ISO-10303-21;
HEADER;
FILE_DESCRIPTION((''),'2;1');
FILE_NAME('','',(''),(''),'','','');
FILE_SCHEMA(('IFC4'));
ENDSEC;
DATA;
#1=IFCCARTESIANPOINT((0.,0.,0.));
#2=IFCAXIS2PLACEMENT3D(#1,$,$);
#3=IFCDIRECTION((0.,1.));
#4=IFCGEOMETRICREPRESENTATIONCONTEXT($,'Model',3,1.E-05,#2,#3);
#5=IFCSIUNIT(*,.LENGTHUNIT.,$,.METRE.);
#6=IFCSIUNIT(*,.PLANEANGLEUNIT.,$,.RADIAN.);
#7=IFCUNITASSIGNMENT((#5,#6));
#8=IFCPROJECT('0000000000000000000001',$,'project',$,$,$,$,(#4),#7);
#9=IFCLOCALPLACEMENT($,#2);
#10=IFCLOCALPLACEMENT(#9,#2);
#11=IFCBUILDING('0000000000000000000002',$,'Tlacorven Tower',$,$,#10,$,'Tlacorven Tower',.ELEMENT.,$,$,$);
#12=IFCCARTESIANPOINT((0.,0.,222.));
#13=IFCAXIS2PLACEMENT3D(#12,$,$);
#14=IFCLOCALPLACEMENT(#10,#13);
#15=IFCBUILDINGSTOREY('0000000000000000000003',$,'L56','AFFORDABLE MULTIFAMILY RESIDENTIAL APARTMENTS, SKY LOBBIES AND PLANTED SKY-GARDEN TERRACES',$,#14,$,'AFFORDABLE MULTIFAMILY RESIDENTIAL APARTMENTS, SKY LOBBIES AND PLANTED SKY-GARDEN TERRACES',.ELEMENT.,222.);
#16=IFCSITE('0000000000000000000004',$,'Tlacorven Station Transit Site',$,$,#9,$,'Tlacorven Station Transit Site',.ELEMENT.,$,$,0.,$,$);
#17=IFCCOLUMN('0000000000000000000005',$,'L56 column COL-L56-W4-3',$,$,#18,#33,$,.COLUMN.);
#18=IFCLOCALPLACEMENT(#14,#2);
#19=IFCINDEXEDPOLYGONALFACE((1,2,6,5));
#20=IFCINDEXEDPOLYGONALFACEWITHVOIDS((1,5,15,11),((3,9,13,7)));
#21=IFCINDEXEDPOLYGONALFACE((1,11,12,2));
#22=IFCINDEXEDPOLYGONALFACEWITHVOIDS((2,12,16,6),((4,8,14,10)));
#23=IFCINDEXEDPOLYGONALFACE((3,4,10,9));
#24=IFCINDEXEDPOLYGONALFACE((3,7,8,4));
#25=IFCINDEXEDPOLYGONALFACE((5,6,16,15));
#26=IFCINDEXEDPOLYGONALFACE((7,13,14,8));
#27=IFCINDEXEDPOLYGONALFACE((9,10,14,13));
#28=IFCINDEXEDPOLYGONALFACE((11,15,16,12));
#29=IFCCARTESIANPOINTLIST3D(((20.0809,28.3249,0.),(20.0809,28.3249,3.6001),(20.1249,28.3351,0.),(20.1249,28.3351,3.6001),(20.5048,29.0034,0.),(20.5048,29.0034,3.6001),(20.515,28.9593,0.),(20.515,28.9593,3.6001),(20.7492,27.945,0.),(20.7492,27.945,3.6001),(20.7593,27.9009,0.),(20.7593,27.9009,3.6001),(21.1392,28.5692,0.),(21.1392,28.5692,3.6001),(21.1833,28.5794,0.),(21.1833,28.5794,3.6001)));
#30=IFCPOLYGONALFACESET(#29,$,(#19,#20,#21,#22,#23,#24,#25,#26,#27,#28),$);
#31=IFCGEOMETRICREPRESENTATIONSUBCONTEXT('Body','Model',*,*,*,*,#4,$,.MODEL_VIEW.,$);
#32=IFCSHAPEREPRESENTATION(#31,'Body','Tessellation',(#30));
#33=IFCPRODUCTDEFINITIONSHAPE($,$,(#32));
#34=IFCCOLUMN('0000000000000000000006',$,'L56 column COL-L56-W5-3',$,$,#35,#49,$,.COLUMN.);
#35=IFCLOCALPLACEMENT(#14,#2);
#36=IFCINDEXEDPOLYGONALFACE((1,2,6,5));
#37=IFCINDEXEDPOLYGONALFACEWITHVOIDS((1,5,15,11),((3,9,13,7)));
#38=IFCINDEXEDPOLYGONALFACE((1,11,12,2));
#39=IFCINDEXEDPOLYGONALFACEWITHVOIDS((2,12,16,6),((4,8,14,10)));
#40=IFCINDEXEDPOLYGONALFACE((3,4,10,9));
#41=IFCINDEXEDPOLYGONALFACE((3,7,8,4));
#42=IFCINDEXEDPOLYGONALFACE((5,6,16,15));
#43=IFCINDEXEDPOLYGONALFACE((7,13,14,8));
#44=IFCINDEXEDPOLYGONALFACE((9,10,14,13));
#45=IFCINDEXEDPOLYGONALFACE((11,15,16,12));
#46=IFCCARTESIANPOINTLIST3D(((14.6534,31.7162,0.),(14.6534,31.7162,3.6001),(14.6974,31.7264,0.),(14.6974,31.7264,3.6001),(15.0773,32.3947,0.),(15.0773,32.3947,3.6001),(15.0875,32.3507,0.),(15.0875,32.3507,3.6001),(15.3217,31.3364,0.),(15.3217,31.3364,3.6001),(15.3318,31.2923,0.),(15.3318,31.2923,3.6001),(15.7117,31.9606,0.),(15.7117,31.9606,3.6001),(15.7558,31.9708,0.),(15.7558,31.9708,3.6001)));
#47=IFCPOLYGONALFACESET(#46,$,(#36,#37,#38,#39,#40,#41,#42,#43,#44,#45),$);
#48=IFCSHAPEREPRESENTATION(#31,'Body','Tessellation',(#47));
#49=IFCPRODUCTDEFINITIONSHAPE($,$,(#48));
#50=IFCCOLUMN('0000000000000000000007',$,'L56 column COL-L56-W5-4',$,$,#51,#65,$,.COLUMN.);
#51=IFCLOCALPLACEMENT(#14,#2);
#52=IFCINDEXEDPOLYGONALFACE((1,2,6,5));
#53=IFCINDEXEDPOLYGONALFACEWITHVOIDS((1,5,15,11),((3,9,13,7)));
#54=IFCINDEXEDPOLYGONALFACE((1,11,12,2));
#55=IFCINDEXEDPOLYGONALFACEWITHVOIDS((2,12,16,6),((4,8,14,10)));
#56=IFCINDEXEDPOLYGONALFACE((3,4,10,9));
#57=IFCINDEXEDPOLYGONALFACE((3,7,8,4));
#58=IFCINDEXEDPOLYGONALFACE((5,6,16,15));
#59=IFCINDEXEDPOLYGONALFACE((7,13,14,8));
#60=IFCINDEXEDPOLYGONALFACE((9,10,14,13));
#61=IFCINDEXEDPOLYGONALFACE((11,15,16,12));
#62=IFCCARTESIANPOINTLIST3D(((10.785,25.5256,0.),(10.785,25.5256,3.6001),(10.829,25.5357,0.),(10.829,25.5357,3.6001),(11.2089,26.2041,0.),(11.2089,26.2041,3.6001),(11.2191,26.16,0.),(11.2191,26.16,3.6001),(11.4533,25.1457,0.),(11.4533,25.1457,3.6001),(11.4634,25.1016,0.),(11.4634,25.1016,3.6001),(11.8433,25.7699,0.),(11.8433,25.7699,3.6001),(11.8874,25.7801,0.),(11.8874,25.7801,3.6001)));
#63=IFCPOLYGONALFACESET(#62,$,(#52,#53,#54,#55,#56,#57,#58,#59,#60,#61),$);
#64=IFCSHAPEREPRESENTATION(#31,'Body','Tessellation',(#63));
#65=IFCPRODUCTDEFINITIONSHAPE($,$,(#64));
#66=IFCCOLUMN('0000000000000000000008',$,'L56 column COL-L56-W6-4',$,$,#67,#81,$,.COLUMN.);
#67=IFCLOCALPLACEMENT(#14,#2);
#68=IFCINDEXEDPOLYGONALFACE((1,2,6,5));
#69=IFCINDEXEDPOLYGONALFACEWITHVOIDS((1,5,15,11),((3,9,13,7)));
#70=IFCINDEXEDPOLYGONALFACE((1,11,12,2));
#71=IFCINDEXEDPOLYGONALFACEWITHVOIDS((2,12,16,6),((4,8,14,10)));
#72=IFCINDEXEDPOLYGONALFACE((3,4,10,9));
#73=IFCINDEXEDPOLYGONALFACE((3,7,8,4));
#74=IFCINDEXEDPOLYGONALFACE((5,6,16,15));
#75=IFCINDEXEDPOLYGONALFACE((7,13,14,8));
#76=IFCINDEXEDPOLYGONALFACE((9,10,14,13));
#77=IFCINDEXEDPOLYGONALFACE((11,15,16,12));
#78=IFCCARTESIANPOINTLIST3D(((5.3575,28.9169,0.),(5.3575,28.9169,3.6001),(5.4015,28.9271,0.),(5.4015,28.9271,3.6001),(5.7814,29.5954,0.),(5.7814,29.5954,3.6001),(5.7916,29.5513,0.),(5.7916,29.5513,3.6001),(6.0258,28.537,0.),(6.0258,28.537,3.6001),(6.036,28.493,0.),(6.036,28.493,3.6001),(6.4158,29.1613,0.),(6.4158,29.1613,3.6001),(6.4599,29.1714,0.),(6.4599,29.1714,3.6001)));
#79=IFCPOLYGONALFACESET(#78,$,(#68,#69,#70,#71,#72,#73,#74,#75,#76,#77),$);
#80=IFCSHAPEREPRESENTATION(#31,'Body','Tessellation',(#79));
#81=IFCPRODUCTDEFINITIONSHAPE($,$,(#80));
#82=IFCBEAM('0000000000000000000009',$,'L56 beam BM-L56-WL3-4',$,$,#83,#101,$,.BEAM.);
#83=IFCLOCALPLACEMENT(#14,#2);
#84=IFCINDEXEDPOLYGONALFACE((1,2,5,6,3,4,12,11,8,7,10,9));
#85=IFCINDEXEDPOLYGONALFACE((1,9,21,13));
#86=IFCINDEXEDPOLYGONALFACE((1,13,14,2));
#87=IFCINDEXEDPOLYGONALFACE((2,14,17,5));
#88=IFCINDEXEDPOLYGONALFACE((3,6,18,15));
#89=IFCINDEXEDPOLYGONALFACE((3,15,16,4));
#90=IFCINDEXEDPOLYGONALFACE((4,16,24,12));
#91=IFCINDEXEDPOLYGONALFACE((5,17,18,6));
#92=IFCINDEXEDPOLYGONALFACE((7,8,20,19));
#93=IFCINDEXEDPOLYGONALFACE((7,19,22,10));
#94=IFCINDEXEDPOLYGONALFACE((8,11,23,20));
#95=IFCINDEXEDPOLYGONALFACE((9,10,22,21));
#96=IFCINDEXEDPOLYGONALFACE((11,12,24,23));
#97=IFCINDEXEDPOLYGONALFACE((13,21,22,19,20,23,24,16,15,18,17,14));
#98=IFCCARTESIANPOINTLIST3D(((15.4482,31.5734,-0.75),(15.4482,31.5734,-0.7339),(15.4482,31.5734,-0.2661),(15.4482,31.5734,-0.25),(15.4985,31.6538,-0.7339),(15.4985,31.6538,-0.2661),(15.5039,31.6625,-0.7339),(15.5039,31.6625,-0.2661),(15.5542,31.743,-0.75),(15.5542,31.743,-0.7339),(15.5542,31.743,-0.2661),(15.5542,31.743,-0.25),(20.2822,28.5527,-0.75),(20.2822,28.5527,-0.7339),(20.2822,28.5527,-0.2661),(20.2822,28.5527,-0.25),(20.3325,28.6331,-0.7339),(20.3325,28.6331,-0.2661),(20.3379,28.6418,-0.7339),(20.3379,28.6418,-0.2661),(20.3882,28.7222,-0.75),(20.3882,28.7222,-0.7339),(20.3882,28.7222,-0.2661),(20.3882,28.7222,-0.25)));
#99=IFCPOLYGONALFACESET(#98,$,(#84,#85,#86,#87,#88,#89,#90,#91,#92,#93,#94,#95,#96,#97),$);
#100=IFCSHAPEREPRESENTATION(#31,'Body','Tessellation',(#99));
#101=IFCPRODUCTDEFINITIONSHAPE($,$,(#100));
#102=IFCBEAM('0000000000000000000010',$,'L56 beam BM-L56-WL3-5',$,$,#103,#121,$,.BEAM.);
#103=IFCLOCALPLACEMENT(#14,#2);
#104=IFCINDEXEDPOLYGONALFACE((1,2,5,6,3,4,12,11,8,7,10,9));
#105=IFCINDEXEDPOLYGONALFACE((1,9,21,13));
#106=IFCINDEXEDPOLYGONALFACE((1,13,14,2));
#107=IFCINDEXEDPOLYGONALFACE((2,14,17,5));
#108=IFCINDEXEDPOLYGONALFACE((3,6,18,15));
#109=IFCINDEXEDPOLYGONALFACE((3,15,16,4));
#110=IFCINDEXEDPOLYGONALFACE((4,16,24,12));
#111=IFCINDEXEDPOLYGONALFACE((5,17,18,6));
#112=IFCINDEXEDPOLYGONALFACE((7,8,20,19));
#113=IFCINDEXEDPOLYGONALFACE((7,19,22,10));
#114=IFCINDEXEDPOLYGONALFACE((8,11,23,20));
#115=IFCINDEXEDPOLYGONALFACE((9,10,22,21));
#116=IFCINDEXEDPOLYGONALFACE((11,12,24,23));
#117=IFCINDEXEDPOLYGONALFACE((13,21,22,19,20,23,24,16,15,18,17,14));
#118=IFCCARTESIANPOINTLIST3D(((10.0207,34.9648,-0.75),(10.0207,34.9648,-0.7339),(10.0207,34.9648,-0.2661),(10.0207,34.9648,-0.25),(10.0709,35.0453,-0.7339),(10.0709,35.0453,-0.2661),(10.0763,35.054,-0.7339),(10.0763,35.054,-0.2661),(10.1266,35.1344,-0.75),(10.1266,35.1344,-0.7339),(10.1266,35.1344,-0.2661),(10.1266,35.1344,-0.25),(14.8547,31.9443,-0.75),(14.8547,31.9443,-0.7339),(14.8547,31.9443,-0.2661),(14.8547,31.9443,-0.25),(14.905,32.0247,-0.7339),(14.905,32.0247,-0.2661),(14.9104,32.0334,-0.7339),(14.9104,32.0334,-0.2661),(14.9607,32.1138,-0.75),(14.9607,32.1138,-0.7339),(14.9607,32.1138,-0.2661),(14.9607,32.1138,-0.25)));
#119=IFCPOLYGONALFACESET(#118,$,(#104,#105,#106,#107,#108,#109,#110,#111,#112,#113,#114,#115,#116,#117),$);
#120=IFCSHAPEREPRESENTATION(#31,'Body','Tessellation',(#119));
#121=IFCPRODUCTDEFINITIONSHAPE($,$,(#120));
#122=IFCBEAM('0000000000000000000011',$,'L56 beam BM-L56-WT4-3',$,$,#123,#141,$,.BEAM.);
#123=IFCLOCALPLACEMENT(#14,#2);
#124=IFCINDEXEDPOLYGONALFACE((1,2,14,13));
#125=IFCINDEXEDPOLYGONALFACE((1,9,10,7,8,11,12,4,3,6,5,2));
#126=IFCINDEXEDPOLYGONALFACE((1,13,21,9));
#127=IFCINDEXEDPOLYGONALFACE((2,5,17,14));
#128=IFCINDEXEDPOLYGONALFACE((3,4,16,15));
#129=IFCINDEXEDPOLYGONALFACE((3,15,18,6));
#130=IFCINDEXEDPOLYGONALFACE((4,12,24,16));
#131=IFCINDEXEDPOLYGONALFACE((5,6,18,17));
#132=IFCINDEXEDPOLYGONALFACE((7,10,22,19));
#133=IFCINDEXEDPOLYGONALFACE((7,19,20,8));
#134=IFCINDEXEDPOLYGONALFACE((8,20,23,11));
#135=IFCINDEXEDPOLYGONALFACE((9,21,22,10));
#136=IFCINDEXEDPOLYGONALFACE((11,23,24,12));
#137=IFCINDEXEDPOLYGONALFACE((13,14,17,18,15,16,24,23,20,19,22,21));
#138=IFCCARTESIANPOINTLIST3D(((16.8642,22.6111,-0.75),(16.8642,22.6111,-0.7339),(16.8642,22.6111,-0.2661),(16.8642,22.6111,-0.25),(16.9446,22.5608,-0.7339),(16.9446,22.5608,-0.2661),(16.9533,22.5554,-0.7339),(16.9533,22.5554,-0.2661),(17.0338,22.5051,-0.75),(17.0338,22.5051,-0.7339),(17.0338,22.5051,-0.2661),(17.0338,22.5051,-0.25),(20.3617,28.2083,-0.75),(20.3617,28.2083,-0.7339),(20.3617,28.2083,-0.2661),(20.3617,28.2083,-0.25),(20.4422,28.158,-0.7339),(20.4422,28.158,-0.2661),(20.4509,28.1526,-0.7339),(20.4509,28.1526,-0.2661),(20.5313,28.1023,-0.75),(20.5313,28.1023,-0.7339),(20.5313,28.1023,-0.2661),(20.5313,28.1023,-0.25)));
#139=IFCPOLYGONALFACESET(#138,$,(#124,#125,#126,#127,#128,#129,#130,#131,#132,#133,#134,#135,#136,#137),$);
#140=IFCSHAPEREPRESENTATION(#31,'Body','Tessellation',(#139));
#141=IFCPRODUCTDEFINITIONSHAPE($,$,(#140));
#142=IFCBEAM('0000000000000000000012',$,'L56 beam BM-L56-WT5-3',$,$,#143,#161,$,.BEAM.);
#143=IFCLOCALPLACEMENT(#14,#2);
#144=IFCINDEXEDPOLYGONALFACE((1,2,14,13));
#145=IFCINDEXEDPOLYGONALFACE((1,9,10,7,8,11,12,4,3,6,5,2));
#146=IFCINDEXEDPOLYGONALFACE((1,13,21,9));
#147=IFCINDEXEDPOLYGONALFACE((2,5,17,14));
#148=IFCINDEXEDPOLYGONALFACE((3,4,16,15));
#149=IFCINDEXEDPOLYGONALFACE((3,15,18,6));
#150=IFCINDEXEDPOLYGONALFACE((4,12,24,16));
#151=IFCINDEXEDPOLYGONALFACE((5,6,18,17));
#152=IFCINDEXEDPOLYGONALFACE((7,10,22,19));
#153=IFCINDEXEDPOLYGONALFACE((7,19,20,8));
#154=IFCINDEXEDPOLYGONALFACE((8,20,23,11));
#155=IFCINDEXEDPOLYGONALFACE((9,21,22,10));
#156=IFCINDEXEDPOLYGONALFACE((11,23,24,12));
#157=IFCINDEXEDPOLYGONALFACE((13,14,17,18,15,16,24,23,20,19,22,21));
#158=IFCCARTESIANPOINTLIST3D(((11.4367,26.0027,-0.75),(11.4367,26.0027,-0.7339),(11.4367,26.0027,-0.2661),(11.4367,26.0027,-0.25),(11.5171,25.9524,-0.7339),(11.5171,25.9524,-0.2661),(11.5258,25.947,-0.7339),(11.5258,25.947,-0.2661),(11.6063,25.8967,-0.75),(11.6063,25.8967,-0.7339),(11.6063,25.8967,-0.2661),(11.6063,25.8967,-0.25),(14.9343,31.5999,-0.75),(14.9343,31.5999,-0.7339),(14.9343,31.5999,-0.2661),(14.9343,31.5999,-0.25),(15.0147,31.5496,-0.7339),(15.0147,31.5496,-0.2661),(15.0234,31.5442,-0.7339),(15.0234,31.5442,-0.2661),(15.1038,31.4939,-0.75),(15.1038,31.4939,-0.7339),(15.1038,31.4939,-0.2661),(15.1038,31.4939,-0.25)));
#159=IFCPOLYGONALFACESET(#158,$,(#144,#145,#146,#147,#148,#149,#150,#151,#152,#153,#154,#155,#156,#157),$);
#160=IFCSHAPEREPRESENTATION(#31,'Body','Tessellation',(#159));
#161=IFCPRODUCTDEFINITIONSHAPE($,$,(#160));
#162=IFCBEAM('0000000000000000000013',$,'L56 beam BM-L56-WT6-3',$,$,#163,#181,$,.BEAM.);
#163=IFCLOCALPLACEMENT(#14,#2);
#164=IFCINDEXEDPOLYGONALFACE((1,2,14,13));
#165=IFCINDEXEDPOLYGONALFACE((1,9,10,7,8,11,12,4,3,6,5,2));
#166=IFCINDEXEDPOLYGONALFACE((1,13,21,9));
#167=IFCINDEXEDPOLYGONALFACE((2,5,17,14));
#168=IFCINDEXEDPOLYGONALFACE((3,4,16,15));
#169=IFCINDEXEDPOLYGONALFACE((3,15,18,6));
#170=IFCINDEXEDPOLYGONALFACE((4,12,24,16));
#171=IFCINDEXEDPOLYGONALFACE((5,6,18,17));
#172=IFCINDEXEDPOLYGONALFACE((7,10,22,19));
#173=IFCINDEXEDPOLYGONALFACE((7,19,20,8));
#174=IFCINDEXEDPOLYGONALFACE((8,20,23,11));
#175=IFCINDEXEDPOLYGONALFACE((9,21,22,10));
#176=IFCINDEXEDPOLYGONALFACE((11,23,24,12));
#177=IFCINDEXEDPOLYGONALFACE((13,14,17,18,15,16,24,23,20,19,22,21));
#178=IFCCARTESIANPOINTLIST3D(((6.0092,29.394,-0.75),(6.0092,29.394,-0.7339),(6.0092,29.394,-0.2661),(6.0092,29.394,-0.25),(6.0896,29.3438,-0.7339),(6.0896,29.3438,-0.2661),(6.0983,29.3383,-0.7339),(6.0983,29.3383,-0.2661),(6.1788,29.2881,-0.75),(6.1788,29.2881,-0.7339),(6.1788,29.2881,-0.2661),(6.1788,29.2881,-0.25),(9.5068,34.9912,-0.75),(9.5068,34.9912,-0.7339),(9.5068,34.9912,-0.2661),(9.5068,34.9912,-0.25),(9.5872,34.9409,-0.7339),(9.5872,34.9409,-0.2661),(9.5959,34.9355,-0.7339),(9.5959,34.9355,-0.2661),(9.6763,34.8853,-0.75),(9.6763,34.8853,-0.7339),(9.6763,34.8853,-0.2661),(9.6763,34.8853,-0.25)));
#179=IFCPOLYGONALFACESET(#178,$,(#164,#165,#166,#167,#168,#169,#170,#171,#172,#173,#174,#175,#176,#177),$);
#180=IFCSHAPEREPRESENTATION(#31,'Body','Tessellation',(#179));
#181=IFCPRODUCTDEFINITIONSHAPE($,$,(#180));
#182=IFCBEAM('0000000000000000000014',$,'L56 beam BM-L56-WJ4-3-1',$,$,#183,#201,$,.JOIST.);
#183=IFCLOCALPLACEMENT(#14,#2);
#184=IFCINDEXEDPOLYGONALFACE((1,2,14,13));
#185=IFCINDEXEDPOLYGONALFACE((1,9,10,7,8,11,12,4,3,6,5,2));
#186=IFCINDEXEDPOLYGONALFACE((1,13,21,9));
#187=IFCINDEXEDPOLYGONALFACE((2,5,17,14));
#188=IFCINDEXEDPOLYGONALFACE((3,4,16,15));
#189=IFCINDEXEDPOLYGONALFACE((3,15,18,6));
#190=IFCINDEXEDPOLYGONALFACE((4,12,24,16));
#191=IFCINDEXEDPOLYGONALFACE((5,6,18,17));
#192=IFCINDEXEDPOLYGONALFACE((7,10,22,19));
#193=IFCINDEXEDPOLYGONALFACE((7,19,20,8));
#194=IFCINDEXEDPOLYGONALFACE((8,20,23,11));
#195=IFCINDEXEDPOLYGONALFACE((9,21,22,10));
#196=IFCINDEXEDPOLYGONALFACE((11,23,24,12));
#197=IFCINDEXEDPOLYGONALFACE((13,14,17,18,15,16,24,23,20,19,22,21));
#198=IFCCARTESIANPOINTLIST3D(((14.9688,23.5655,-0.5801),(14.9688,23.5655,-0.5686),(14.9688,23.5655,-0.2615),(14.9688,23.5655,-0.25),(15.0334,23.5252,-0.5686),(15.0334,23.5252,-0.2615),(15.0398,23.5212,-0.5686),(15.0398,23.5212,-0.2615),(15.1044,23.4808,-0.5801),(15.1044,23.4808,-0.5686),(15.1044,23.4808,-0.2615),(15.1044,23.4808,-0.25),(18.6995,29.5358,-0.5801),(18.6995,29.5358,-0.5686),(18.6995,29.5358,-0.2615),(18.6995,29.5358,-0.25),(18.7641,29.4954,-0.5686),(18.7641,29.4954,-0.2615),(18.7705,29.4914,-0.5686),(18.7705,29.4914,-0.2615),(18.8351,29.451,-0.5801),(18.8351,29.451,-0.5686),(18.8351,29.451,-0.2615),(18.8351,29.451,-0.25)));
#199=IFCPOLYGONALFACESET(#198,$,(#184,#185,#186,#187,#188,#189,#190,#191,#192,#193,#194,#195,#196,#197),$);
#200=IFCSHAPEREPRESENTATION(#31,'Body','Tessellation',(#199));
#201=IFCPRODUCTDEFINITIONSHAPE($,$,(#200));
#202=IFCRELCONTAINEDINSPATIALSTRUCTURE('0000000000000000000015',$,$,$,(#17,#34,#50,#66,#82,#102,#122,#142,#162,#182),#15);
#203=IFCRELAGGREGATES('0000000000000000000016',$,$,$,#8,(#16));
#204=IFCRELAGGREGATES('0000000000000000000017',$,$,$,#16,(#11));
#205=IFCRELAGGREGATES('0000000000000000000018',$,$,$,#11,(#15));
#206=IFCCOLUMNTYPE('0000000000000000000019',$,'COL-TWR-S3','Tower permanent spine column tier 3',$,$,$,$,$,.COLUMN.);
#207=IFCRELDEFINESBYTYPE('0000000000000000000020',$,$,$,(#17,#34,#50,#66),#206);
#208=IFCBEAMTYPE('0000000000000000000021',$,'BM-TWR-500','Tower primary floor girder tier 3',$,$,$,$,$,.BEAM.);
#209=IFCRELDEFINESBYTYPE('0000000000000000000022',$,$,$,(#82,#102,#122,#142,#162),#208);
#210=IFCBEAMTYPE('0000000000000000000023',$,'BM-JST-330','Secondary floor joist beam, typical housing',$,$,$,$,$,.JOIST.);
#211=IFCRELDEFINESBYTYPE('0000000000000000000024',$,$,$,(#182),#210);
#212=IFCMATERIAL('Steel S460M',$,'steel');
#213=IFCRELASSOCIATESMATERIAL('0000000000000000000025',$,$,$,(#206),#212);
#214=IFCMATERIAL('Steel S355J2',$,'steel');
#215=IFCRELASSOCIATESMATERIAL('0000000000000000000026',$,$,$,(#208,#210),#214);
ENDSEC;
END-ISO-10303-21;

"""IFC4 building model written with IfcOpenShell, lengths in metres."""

from ifc_helpers import new_model, si_unit, direction, frame, origin, origin_2d, place, context, subcontext, project, spatial, hollow_rectangle, i_section, extrude, source, transform, mapped, material, material_profile, profile_set, type_object, element, save


model = new_model("IFC4")

# Units and contexts
model_context = context("Model", 3, precision=1e-05, world=origin(), true_north=direction((0.0, 1.0)))
body_context = subcontext(model_context, "Body", "Model", "MODEL_VIEW")
ifc_project = project(units=[si_unit("LENGTHUNIT", "METRE"), si_unit("PLANEANGLEUNIT", "RADIAN")], contexts=[model_context])

# Site, building, storey
site_placement = place(None, origin())
site = spatial("IfcSite", under=ifc_project, at=site_placement, Name="Tlacorven Station Transit Site", LongName="Tlacorven Station Transit Site", CompositionType="ELEMENT", RefElevation=0.0)
building_placement = place(site_placement, origin())
building = spatial("IfcBuilding", under=site, at=building_placement, Name="Tlacorven Tower", LongName="Tlacorven Tower", CompositionType="ELEMENT")
storey_placement = place(building_placement, frame((0.0, 0.0, 222.0)))
storey = spatial("IfcBuildingStorey", under=building, at=storey_placement, Name="L56", Description="AFFORDABLE MULTIFAMILY RESIDENTIAL APARTMENTS, SKY LOBBIES AND PLANTED SKY-GARDEN TERRACES", LongName="AFFORDABLE MULTIFAMILY RESIDENTIAL APARTMENTS, SKY LOBBIES AND PLANTED SKY-GARDEN TERRACES", CompositionType="ELEMENT", Elevation=222.0)

# Columns
ifc_material_1 = material(Name="Steel S460M", Category="steel")
ifc_material_profile_1 = material_profile(ifc_material_1, hollow_rectangle(XDim=0.8, YDim=0.8, WallThickness=0.032, at=origin_2d()), Name="BOX 800X800X32")
ifc_profile_set_1 = profile_set([ifc_material_profile_1], Name="Steel S460M")
column_type = type_object("IfcColumnType", Name="COL-TWR-S3", Description="Tower permanent spine column tier 3", PredefinedType="COLUMN", material=ifc_profile_set_1)
shared_shape_1 = source(origin(), body_context, "Body", "SweptSolid", [
    extrude(hollow_rectangle(XDim=0.8, YDim=0.8, WallThickness=0.032, at=origin_2d()), origin(), (0.0, 0.0, 1.0), 3.6001),
])
for number, where, z_axis, x_axis, name in (
    (1, (20.6321, 28.4521, 0.0), (0.0, 0.0, 1.0), (-0.848048, 0.529919, 0.0), "L56 column COL-L56-W4-3"),
    (2, (15.2046, 31.8435, 0.0), (0.0, 0.0, 1.0), (-0.848048, 0.529919, 0.0), "L56 column COL-L56-W5-3"),
    (3, (11.3362, 25.6528, 0.0), (0.0, 0.0, 1.0), (-0.848048, 0.529919, 0.0), "L56 column COL-L56-W5-4"),
    (4, (5.9087, 29.0442, 0.0), (0.0, 0.0, 1.0), (-0.848048, 0.529919, 0.0), "L56 column COL-L56-W6-4"),
):
    element("IfcColumn", number, at=place(storey_placement, frame(where, z_axis=z_axis, x_axis=x_axis)), inside=storey, type_object=column_type, Name=name, PredefinedType="COLUMN", context=body_context, shape_type="MappedRepresentation", body=[
        mapped(shared_shape_1, transform((0.0, 0.0, 0.0), scale=1.0)),
    ])

# Beams
ifc_material_2 = material(Name="Steel S355J2", Category="steel")
ifc_material_profile_2 = material_profile(ifc_material_2, i_section(OverallWidth=0.2, OverallDepth=0.5, WebThickness=0.0103, FlangeThickness=0.0161, at=origin_2d()), Name="IPE 500")
ifc_profile_set_2 = profile_set([ifc_material_profile_2], Name="Steel S355J2")
beam_type_1 = type_object("IfcBeamType", Name="BM-TWR-500", Description="Tower primary floor girder tier 3", PredefinedType="BEAM", material=ifc_profile_set_2)
shared_shape_2 = source(origin(), body_context, "Body", "SweptSolid", [
    extrude(i_section(OverallWidth=0.2, OverallDepth=0.5, WebThickness=0.0103, FlangeThickness=0.0161, at=origin_2d()), origin(), (0.0, 0.0, 1.0), 5.7002),
])
for number, where, z_axis, x_axis, name in (
    (5, (20.3352, 28.6375, -0.5), (-0.848037, 0.529937, 0.0), (-0.529937, -0.848037, 0.0), "L56 beam BM-L56-WL3-4"),
    (6, (14.9077, 32.0291, -0.5), (-0.848056, 0.529907, 0.0), (-0.529907, -0.848056, 0.0), "L56 beam BM-L56-WL3-5"),
):
    element("IfcBeam", number, at=place(storey_placement, frame(where, z_axis=z_axis, x_axis=x_axis)), inside=storey, type_object=beam_type_1, Name=name, PredefinedType="BEAM", context=body_context, shape_type="MappedRepresentation", body=[
        mapped(shared_shape_2, transform((0.0, 0.0, 0.0), scale=1.0)),
    ])
shared_shape_3 = source(origin(), body_context, "Body", "SweptSolid", [
    extrude(i_section(OverallWidth=0.2, OverallDepth=0.5, WebThickness=0.0103, FlangeThickness=0.0161, at=origin_2d()), origin(), (0.0, 0.0, 1.0), 6.6001),
])
for number, where, z_axis, x_axis, name in (
    (7, (20.4465, 28.1553, -0.5), (-0.529926, -0.848044, 0.0), (0.848044, -0.529926, 0.0), "L56 beam BM-L56-WT4-3"),
    (8, (15.019, 31.5469, -0.5), (-0.529926, -0.848044, 0.0), (0.848044, -0.529926, 0.0), "L56 beam BM-L56-WT5-3"),
    (9, (9.5916, 34.9382, -0.5), (-0.529926, -0.848044, 0.0), (0.848044, -0.529926, 0.0), "L56 beam BM-L56-WT6-3"),
):
    element("IfcBeam", number, at=place(storey_placement, frame(where, z_axis=z_axis, x_axis=x_axis)), inside=storey, type_object=beam_type_1, Name=name, PredefinedType="BEAM", context=body_context, shape_type="MappedRepresentation", body=[
        mapped(shared_shape_3, transform((0.0, 0.0, 0.0), scale=1.0)),
    ])
ifc_material_profile_3 = material_profile(ifc_material_2, i_section(OverallWidth=0.1599, OverallDepth=0.3301, WebThickness=0.0076, FlangeThickness=0.0115, at=origin_2d()), Name="IPE 330")
ifc_profile_set_3 = profile_set([ifc_material_profile_3], Name="Steel S355J2")
beam_type_2 = type_object("IfcBeamType", Name="BM-JST-330", Description="Secondary floor joist beam, typical housing", PredefinedType="JOIST", material=ifc_profile_set_3)
shared_shape_4 = source(origin(), body_context, "Body", "SweptSolid", [
    extrude(i_section(OverallWidth=0.1599, OverallDepth=0.3301, WebThickness=0.0076, FlangeThickness=0.0115, at=origin_2d()), origin(), (0.0, 0.0, 1.0), 7.04),
])
for number, where, z_axis, x_axis, name in (
    (10, (18.7673, 29.4934, -0.415), (-0.52993, -0.848041, 0.0), (0.848041, -0.52993, 0.0), "L56 beam BM-L56-WJ4-3-1"),
):
    element("IfcBeam", number, at=place(storey_placement, frame(where, z_axis=z_axis, x_axis=x_axis)), inside=storey, type_object=beam_type_2, Name=name, PredefinedType="JOIST", context=body_context, shape_type="MappedRepresentation", body=[
        mapped(shared_shape_4, transform((0.0, 0.0, 0.0), scale=1.0)),
    ])

save(model, "model.ifc")
